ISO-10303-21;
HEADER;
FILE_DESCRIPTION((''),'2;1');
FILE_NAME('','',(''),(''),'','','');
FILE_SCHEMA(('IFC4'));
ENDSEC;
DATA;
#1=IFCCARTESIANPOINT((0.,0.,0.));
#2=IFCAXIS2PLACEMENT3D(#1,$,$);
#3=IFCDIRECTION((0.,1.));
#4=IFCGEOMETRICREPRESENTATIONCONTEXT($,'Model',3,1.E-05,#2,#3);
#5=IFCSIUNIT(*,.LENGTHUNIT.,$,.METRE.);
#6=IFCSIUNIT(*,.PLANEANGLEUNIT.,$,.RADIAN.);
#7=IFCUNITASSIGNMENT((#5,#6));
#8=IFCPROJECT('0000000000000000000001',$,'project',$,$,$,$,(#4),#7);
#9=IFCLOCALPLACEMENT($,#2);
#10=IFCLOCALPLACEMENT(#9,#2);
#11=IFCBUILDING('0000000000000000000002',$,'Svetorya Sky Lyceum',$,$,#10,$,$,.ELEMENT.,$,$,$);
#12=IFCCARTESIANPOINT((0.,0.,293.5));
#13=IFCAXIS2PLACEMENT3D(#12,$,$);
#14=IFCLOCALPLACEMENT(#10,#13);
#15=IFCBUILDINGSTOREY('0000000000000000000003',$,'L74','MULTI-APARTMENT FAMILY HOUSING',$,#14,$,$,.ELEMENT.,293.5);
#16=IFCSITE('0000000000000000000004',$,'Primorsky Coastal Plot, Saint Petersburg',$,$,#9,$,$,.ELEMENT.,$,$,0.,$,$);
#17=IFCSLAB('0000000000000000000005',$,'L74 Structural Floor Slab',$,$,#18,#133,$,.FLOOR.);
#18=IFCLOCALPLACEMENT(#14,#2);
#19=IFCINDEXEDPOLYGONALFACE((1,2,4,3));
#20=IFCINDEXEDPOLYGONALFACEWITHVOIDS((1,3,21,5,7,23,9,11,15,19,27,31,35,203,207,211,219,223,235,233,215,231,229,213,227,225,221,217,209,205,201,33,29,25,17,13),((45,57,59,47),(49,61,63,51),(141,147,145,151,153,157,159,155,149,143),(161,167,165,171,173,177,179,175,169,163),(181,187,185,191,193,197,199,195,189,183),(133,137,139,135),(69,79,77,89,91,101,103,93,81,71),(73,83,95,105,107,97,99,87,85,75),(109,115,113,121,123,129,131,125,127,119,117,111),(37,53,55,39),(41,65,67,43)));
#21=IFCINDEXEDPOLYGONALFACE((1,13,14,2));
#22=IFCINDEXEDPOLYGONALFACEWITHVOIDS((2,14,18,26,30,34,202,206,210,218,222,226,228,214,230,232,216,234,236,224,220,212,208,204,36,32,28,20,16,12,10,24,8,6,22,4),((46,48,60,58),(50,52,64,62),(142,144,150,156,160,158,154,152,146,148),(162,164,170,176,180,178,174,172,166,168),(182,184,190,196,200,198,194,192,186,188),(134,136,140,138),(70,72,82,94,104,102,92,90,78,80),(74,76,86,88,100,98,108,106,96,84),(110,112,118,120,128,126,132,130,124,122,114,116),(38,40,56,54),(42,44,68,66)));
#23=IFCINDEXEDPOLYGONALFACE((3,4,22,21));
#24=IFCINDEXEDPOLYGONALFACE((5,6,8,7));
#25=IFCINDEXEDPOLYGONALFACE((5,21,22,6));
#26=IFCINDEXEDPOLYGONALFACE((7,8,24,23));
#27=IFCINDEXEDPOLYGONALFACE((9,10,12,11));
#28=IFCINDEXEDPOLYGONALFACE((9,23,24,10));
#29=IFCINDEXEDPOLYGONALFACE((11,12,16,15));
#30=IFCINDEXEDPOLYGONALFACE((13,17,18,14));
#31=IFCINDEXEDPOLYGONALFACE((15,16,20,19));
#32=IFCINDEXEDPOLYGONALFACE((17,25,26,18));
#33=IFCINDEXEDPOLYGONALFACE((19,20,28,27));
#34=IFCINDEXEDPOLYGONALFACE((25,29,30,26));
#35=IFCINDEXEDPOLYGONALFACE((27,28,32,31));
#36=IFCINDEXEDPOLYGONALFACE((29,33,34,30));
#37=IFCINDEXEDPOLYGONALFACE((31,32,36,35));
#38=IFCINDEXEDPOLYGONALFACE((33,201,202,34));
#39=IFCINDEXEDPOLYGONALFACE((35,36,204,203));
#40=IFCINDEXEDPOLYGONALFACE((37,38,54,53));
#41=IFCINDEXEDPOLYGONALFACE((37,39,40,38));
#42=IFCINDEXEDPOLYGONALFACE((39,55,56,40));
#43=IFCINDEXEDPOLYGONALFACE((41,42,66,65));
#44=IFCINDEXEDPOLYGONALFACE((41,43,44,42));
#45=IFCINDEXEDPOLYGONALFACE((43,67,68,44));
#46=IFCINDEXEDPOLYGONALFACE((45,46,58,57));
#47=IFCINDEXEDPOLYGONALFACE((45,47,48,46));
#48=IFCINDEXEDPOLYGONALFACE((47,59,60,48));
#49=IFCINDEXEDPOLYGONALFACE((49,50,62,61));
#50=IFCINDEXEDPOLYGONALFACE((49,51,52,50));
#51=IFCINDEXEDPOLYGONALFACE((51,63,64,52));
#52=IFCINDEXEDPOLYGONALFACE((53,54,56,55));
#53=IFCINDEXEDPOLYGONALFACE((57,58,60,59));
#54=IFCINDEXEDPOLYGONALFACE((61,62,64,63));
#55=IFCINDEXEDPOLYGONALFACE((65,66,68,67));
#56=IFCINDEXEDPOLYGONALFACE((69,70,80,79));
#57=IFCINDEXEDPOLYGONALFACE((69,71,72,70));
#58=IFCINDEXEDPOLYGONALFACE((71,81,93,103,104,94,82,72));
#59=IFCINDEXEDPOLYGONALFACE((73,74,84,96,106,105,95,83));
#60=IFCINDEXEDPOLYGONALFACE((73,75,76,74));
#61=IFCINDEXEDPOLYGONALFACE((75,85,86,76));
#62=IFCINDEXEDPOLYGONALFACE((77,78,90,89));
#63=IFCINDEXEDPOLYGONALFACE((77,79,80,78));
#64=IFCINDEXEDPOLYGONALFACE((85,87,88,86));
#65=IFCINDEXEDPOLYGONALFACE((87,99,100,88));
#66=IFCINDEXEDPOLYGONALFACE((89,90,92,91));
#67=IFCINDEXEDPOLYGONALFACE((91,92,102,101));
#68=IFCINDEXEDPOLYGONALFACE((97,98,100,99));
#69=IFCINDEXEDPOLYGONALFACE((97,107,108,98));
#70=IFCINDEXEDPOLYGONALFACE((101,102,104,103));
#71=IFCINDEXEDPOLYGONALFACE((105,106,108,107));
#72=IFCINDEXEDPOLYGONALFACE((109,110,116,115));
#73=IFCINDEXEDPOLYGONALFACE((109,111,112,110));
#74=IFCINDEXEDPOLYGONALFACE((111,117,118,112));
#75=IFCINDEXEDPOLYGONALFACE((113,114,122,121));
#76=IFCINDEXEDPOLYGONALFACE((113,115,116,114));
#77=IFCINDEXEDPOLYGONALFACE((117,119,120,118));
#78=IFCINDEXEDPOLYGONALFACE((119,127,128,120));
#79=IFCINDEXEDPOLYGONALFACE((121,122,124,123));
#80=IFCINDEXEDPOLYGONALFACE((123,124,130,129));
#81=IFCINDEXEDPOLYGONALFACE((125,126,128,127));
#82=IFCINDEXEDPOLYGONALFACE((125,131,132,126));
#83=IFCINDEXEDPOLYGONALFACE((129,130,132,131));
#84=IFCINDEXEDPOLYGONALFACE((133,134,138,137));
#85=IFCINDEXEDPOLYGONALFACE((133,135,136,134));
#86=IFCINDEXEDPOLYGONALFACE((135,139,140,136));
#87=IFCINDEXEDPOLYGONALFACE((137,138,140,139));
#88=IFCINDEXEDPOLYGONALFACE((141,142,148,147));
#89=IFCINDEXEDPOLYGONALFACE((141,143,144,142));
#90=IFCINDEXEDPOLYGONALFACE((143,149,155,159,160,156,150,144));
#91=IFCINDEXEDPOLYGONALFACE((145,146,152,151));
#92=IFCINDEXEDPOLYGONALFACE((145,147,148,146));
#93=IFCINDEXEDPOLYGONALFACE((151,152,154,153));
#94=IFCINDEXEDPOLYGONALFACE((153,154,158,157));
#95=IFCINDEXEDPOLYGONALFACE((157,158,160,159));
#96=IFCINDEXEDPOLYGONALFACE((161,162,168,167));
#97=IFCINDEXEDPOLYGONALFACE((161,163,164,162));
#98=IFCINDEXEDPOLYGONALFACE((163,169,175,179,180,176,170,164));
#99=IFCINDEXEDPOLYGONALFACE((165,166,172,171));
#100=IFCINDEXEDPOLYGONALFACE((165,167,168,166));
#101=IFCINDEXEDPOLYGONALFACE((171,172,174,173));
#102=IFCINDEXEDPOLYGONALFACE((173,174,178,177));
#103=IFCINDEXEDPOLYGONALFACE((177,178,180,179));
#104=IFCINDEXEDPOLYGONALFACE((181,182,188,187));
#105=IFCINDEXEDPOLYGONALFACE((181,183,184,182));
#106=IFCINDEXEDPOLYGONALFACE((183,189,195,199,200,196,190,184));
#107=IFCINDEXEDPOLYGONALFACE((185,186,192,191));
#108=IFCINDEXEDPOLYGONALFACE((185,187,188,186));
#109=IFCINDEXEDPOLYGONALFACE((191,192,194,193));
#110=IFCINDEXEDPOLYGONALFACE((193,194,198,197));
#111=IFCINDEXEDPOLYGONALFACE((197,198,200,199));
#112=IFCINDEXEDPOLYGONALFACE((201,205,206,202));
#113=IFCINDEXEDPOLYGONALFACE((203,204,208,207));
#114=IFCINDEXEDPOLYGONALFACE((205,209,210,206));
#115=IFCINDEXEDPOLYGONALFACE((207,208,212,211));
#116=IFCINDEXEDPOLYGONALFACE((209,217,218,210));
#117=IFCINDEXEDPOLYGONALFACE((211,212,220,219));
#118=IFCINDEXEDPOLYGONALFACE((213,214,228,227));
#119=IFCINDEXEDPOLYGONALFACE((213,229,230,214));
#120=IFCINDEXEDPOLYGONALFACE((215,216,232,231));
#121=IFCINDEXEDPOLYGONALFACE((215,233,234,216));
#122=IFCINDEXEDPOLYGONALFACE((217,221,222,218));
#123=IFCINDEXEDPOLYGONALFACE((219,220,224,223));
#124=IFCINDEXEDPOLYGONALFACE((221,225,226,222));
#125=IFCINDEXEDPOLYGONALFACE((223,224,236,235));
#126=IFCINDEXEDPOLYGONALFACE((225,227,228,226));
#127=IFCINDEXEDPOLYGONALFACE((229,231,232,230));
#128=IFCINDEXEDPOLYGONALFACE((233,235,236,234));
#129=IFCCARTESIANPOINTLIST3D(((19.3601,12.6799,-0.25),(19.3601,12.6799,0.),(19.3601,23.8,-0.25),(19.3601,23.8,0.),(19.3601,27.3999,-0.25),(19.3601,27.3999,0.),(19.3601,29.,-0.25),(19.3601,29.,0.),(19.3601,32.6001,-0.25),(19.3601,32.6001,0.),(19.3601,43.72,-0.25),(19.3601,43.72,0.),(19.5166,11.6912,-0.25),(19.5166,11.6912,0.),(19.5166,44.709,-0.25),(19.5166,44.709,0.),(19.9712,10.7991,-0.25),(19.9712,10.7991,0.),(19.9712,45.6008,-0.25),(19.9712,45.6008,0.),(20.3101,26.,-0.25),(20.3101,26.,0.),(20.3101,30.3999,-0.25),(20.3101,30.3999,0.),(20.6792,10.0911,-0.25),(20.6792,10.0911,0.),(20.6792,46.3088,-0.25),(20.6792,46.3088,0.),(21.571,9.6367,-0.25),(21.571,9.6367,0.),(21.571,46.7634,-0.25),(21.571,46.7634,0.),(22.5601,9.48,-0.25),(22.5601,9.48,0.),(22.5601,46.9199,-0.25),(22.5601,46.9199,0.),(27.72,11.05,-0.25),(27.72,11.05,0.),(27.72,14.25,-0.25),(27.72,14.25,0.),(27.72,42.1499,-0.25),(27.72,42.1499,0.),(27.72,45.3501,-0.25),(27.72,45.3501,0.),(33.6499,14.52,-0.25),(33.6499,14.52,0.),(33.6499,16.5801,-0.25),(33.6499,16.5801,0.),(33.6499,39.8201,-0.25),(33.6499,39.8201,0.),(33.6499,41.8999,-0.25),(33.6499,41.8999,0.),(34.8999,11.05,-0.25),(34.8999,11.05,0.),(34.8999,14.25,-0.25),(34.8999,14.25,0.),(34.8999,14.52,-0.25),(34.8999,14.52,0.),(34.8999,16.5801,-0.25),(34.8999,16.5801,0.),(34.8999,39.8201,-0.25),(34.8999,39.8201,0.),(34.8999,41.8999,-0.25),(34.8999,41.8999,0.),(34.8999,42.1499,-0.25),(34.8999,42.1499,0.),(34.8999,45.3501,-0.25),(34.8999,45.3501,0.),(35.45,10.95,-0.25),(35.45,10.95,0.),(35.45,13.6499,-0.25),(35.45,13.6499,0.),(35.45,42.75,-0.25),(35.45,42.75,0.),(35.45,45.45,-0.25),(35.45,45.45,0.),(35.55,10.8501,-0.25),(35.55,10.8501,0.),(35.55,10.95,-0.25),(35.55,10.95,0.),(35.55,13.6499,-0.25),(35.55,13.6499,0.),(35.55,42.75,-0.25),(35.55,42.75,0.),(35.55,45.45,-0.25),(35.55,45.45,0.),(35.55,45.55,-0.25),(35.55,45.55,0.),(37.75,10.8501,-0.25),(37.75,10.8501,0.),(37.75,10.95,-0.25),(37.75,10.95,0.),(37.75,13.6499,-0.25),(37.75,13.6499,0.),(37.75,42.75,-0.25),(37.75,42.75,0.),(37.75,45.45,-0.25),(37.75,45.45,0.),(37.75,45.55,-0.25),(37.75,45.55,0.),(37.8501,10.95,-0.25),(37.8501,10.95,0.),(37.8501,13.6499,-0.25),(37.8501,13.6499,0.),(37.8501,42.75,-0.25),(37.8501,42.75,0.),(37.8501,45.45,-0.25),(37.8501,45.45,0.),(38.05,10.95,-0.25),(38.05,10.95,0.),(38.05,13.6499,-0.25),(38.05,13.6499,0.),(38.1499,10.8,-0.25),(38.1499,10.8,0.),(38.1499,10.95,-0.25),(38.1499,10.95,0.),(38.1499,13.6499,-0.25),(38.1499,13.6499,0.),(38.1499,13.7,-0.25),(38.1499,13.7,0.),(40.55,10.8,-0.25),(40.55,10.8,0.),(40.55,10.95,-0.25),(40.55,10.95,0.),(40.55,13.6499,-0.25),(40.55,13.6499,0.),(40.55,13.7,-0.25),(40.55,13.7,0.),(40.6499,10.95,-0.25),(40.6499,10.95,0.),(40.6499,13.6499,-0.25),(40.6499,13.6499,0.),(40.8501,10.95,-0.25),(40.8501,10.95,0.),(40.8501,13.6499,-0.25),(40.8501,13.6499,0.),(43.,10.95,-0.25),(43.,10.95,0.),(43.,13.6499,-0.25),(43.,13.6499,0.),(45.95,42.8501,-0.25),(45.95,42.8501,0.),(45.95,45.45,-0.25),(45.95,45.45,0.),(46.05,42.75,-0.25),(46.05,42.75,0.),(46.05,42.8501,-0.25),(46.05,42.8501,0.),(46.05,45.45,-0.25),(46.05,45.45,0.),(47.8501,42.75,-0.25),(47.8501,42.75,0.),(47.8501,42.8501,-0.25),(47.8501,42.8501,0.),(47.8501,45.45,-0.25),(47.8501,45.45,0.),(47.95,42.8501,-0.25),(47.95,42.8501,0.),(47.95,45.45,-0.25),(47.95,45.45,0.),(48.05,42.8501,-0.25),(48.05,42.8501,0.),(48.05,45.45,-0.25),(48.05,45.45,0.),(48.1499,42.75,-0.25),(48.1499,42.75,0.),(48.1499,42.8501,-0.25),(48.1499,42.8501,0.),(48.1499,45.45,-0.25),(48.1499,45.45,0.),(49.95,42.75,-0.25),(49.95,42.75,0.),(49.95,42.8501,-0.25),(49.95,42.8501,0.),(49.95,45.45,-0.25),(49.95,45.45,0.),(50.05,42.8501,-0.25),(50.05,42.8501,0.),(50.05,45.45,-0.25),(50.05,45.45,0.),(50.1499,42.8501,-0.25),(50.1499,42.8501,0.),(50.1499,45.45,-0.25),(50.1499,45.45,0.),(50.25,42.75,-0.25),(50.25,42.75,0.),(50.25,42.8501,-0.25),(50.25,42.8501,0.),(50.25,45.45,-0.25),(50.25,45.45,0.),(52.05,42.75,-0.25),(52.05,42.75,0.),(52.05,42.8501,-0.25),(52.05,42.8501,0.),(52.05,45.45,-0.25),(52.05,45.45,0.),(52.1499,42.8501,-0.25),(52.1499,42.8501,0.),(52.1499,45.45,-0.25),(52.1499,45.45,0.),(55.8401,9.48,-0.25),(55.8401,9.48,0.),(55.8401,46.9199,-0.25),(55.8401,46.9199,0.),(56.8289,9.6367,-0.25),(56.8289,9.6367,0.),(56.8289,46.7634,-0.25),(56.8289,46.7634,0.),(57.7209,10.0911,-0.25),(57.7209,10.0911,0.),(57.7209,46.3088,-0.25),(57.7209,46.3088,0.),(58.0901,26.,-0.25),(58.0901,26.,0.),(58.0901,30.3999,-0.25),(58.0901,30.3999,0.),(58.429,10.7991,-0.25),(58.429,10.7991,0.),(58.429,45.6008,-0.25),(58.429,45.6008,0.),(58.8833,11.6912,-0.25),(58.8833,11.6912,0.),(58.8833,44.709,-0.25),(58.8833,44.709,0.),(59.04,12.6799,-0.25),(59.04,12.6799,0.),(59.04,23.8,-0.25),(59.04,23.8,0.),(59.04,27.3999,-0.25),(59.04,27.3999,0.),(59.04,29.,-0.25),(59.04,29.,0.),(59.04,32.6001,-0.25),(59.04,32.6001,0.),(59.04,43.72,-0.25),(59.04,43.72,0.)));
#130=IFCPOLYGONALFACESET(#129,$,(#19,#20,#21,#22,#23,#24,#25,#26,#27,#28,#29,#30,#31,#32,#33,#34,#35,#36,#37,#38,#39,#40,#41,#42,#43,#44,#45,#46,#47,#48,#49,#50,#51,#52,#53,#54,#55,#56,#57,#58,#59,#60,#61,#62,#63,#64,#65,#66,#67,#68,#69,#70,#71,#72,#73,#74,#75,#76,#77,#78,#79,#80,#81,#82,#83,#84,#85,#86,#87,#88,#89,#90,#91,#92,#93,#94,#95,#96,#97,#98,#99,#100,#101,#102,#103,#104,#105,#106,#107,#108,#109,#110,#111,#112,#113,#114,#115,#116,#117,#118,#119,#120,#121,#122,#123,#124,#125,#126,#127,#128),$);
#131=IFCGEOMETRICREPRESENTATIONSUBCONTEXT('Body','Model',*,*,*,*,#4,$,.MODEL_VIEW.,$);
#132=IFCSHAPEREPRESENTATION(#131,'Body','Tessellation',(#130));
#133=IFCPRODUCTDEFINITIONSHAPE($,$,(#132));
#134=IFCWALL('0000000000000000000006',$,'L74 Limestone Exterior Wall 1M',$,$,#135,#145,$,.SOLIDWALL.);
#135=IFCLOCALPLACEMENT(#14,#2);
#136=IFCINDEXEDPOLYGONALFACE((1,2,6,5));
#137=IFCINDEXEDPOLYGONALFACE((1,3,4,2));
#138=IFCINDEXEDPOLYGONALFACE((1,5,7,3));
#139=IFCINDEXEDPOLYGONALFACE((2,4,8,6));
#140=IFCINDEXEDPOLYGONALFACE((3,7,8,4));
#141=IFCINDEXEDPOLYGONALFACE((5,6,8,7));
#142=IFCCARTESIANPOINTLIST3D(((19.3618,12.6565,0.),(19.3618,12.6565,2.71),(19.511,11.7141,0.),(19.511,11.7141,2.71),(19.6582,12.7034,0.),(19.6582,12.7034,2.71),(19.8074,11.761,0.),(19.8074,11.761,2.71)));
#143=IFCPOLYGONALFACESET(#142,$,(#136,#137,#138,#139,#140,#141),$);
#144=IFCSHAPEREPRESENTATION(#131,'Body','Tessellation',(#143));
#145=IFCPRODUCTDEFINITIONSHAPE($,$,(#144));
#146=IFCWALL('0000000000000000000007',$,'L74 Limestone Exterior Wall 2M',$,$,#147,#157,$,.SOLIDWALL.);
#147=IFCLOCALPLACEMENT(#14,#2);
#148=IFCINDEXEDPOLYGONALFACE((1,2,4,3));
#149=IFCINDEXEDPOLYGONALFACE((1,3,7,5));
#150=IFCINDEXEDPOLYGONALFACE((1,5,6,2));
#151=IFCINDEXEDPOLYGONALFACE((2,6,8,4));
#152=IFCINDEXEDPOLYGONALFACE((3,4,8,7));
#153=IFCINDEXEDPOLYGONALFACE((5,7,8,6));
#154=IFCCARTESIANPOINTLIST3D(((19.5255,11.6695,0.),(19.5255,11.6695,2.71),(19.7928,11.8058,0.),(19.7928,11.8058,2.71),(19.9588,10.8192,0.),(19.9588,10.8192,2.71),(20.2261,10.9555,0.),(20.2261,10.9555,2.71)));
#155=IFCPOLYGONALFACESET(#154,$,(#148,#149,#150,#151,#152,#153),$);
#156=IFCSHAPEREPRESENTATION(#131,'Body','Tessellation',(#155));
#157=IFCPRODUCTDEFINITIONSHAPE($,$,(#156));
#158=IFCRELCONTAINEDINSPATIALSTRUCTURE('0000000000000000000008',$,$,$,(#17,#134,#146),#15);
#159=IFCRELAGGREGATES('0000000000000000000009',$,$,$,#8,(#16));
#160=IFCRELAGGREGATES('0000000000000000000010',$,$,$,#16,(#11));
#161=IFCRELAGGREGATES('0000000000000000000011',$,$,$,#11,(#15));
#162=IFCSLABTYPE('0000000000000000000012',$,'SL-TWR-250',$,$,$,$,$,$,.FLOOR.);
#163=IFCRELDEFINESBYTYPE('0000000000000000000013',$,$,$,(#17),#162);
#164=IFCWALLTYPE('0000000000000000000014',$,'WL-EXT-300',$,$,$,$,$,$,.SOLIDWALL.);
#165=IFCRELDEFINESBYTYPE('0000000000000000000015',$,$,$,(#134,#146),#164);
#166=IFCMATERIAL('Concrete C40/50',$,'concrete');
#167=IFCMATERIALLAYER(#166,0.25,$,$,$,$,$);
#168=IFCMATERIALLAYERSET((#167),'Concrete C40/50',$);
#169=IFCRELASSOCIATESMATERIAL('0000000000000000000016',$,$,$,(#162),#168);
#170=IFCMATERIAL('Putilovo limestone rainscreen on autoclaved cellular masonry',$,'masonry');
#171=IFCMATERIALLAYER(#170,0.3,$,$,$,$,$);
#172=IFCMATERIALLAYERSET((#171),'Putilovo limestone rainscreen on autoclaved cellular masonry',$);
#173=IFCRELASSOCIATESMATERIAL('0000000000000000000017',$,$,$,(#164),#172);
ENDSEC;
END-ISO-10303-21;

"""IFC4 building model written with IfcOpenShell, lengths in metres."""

from ifc_helpers import new_model, si_unit, direction, frame, frame_2d, origin, place, context, subcontext, project, spatial, polyline, rectangle, outline, extrude, material, layer, layer_set, type_object, element, save


model = new_model("IFC4")

# Units and contexts
model_context = context("Model", 3, precision=1e-05, world=origin(), true_north=direction((0.0, 1.0)))
body_context = subcontext(model_context, "Body", "Model", "MODEL_VIEW")
ifc_project = project(units=[si_unit("LENGTHUNIT", "METRE"), si_unit("PLANEANGLEUNIT", "RADIAN")], contexts=[model_context])

# Site, building, storey
site_placement = place(None, origin())
site = spatial("IfcSite", under=ifc_project, at=site_placement, Name="Primorsky Coastal Plot, Saint Petersburg", CompositionType="ELEMENT", RefElevation=0.0)
building_placement = place(site_placement, origin())
building = spatial("IfcBuilding", under=site, at=building_placement, Name="Svetorya Sky Lyceum", CompositionType="ELEMENT")
storey_placement = place(building_placement, frame((0.0, 0.0, 293.5)))
storey = spatial("IfcBuildingStorey", under=building, at=storey_placement, Name="L74", Description="MULTI-APARTMENT FAMILY HOUSING", CompositionType="ELEMENT", Elevation=293.5)

# Shared definitions
ifc_material_1 = material(Name="Concrete C40/50", Category="concrete")

# Slab
ifc_layer_1 = layer(ifc_material_1, 0.25)
ifc_layer_set_1 = layer_set([ifc_layer_1], Name="Concrete C40/50")
slab_type_1 = type_object("IfcSlabType", Name="SL-TWR-250", PredefinedType="FLOOR", material=ifc_layer_set_1)
slab_1_placement = place(storey_placement, frame((0.0, 0.0, -0.25)))
element("IfcSlab", 1, at=slab_1_placement, inside=storey, type_object=slab_type_1, Name="L74 Structural Floor Slab", PredefinedType="FLOOR", context=body_context, shape_type="SweptSolid", body=[
    extrude(outline(polyline([(19.3601, 12.6799), (19.5166, 11.6912), (19.9712, 10.7991), (20.6792, 10.0911), (21.571, 9.6367), (22.5601, 9.48), (55.8401, 9.48), (56.8289, 9.6367), (57.7209, 10.0911), (58.429, 10.7991), (58.8833, 11.6912), (59.04, 12.6799), (59.04, 23.8), (58.0901, 26.0), (59.04, 27.3999), (59.04, 29.0), (58.0901, 30.3999), (59.04, 32.6001), (59.04, 43.72), (58.8833, 44.709), (58.429, 45.6008), (57.7209, 46.3088), (56.8289, 46.7634), (55.8401, 46.9199), (22.5601, 46.9199), (21.571, 46.7634), (20.6792, 46.3088), (19.9712, 45.6008), (19.5166, 44.709), (19.3601, 43.72), (19.3601, 32.6001), (20.3101, 30.3999), (19.3601, 29.0), (19.3601, 27.3999), (20.3101, 26.0), (19.3601, 23.8), (19.3601, 12.6799)]), holes=[polyline([(37.8501, 10.95), (37.75, 10.95), (37.75, 10.8501), (35.55, 10.8501), (35.55, 10.95), (35.45, 10.95), (35.45, 13.6499), (35.55, 13.6499), (37.75, 13.6499), (37.8501, 13.6499), (37.8501, 10.95)]), polyline([(38.1499, 10.8), (38.1499, 10.95), (38.05, 10.95), (38.05, 13.6499), (38.1499, 13.6499), (38.1499, 13.7), (40.55, 13.7), (40.55, 13.6499), (40.6499, 13.6499), (40.6499, 10.95), (40.55, 10.95), (40.55, 10.8), (38.1499, 10.8)]), polyline([(27.72, 11.05), (27.72, 14.25), (34.8999, 14.25), (34.8999, 11.05), (27.72, 11.05)]), polyline([(33.6499, 14.52), (33.6499, 16.5801), (34.8999, 16.5801), (34.8999, 14.52), (33.6499, 14.52)]), polyline([(33.6499, 39.8201), (33.6499, 41.8999), (34.8999, 41.8999), (34.8999, 39.8201), (33.6499, 39.8201)]), polyline([(27.72, 42.1499), (27.72, 45.3501), (34.8999, 45.3501), (34.8999, 42.1499), (27.72, 42.1499)]), polyline([(37.75, 42.75), (35.55, 42.75), (35.45, 42.75), (35.45, 45.45), (35.55, 45.45), (35.55, 45.55), (37.75, 45.55), (37.75, 45.45), (37.8501, 45.45), (37.8501, 42.75), (37.75, 42.75)]), polyline([(40.8501, 10.95), (40.8501, 13.6499), (43.0, 13.6499), (43.0, 10.95), (40.8501, 10.95)]), polyline([(46.05, 42.75), (46.05, 42.8501), (45.95, 42.8501), (45.95, 45.45), (46.05, 45.45), (47.8501, 45.45), (47.95, 45.45), (47.95, 42.8501), (47.8501, 42.8501), (47.8501, 42.75), (46.05, 42.75)]), polyline([(50.05, 42.8501), (49.95, 42.8501), (49.95, 42.75), (48.1499, 42.75), (48.1499, 42.8501), (48.05, 42.8501), (48.05, 45.45), (48.1499, 45.45), (49.95, 45.45), (50.05, 45.45), (50.05, 42.8501)]), polyline([(52.1499, 42.8501), (52.05, 42.8501), (52.05, 42.75), (50.25, 42.75), (50.25, 42.8501), (50.1499, 42.8501), (50.1499, 45.45), (50.25, 45.45), (52.05, 45.45), (52.1499, 45.45), (52.1499, 42.8501)])]), origin(), (0.0, 0.0, 1.0), 0.25),
])

# Walls
ifc_material_2 = material(Name="Putilovo limestone rainscreen on autoclaved cellular masonry", Category="masonry")
ifc_layer_2 = layer(ifc_material_2, 0.3)
ifc_layer_set_2 = layer_set([ifc_layer_2], Name="Putilovo limestone rainscreen on autoclaved cellular masonry")
wall_type_1 = type_object("IfcWallType", Name="WL-EXT-300", PredefinedType="SOLIDWALL", material=ifc_layer_set_2)
wall_1_placement = place(storey_placement, frame((19.51, 12.6799, 0.0), z_axis=(0.0, 0.0, 1.0), x_axis=(0.156344, -0.987703, 0.0)))
element("IfcWall", 2, at=wall_1_placement, inside=storey, type_object=wall_type_1, Name="L74 Limestone Exterior Wall 1M", PredefinedType="SOLIDWALL", context=body_context, shape_type="SweptSolid", body=[
    extrude(rectangle(XDim=0.9541, YDim=0.3, at=frame_2d((0.4771, 0.0))), origin(), (0.0, 0.0, 1.0), 2.71),
])
wall_2_placement = place(storey_placement, frame((19.6592, 11.7375, 0.0), z_axis=(0.0, 0.0, 1.0), x_axis=(0.454056, -0.890973, 0.0)))
element("IfcWall", 3, at=wall_2_placement, inside=storey, type_object=wall_type_1, Name="L74 Limestone Exterior Wall 2M", PredefinedType="SOLIDWALL", context=body_context, shape_type="SweptSolid", body=[
    extrude(rectangle(XDim=0.9543, YDim=0.3, at=frame_2d((0.4771, 0.0))), origin(), (0.0, 0.0, 1.0), 2.71),
])

save(model, "model.ifc")
